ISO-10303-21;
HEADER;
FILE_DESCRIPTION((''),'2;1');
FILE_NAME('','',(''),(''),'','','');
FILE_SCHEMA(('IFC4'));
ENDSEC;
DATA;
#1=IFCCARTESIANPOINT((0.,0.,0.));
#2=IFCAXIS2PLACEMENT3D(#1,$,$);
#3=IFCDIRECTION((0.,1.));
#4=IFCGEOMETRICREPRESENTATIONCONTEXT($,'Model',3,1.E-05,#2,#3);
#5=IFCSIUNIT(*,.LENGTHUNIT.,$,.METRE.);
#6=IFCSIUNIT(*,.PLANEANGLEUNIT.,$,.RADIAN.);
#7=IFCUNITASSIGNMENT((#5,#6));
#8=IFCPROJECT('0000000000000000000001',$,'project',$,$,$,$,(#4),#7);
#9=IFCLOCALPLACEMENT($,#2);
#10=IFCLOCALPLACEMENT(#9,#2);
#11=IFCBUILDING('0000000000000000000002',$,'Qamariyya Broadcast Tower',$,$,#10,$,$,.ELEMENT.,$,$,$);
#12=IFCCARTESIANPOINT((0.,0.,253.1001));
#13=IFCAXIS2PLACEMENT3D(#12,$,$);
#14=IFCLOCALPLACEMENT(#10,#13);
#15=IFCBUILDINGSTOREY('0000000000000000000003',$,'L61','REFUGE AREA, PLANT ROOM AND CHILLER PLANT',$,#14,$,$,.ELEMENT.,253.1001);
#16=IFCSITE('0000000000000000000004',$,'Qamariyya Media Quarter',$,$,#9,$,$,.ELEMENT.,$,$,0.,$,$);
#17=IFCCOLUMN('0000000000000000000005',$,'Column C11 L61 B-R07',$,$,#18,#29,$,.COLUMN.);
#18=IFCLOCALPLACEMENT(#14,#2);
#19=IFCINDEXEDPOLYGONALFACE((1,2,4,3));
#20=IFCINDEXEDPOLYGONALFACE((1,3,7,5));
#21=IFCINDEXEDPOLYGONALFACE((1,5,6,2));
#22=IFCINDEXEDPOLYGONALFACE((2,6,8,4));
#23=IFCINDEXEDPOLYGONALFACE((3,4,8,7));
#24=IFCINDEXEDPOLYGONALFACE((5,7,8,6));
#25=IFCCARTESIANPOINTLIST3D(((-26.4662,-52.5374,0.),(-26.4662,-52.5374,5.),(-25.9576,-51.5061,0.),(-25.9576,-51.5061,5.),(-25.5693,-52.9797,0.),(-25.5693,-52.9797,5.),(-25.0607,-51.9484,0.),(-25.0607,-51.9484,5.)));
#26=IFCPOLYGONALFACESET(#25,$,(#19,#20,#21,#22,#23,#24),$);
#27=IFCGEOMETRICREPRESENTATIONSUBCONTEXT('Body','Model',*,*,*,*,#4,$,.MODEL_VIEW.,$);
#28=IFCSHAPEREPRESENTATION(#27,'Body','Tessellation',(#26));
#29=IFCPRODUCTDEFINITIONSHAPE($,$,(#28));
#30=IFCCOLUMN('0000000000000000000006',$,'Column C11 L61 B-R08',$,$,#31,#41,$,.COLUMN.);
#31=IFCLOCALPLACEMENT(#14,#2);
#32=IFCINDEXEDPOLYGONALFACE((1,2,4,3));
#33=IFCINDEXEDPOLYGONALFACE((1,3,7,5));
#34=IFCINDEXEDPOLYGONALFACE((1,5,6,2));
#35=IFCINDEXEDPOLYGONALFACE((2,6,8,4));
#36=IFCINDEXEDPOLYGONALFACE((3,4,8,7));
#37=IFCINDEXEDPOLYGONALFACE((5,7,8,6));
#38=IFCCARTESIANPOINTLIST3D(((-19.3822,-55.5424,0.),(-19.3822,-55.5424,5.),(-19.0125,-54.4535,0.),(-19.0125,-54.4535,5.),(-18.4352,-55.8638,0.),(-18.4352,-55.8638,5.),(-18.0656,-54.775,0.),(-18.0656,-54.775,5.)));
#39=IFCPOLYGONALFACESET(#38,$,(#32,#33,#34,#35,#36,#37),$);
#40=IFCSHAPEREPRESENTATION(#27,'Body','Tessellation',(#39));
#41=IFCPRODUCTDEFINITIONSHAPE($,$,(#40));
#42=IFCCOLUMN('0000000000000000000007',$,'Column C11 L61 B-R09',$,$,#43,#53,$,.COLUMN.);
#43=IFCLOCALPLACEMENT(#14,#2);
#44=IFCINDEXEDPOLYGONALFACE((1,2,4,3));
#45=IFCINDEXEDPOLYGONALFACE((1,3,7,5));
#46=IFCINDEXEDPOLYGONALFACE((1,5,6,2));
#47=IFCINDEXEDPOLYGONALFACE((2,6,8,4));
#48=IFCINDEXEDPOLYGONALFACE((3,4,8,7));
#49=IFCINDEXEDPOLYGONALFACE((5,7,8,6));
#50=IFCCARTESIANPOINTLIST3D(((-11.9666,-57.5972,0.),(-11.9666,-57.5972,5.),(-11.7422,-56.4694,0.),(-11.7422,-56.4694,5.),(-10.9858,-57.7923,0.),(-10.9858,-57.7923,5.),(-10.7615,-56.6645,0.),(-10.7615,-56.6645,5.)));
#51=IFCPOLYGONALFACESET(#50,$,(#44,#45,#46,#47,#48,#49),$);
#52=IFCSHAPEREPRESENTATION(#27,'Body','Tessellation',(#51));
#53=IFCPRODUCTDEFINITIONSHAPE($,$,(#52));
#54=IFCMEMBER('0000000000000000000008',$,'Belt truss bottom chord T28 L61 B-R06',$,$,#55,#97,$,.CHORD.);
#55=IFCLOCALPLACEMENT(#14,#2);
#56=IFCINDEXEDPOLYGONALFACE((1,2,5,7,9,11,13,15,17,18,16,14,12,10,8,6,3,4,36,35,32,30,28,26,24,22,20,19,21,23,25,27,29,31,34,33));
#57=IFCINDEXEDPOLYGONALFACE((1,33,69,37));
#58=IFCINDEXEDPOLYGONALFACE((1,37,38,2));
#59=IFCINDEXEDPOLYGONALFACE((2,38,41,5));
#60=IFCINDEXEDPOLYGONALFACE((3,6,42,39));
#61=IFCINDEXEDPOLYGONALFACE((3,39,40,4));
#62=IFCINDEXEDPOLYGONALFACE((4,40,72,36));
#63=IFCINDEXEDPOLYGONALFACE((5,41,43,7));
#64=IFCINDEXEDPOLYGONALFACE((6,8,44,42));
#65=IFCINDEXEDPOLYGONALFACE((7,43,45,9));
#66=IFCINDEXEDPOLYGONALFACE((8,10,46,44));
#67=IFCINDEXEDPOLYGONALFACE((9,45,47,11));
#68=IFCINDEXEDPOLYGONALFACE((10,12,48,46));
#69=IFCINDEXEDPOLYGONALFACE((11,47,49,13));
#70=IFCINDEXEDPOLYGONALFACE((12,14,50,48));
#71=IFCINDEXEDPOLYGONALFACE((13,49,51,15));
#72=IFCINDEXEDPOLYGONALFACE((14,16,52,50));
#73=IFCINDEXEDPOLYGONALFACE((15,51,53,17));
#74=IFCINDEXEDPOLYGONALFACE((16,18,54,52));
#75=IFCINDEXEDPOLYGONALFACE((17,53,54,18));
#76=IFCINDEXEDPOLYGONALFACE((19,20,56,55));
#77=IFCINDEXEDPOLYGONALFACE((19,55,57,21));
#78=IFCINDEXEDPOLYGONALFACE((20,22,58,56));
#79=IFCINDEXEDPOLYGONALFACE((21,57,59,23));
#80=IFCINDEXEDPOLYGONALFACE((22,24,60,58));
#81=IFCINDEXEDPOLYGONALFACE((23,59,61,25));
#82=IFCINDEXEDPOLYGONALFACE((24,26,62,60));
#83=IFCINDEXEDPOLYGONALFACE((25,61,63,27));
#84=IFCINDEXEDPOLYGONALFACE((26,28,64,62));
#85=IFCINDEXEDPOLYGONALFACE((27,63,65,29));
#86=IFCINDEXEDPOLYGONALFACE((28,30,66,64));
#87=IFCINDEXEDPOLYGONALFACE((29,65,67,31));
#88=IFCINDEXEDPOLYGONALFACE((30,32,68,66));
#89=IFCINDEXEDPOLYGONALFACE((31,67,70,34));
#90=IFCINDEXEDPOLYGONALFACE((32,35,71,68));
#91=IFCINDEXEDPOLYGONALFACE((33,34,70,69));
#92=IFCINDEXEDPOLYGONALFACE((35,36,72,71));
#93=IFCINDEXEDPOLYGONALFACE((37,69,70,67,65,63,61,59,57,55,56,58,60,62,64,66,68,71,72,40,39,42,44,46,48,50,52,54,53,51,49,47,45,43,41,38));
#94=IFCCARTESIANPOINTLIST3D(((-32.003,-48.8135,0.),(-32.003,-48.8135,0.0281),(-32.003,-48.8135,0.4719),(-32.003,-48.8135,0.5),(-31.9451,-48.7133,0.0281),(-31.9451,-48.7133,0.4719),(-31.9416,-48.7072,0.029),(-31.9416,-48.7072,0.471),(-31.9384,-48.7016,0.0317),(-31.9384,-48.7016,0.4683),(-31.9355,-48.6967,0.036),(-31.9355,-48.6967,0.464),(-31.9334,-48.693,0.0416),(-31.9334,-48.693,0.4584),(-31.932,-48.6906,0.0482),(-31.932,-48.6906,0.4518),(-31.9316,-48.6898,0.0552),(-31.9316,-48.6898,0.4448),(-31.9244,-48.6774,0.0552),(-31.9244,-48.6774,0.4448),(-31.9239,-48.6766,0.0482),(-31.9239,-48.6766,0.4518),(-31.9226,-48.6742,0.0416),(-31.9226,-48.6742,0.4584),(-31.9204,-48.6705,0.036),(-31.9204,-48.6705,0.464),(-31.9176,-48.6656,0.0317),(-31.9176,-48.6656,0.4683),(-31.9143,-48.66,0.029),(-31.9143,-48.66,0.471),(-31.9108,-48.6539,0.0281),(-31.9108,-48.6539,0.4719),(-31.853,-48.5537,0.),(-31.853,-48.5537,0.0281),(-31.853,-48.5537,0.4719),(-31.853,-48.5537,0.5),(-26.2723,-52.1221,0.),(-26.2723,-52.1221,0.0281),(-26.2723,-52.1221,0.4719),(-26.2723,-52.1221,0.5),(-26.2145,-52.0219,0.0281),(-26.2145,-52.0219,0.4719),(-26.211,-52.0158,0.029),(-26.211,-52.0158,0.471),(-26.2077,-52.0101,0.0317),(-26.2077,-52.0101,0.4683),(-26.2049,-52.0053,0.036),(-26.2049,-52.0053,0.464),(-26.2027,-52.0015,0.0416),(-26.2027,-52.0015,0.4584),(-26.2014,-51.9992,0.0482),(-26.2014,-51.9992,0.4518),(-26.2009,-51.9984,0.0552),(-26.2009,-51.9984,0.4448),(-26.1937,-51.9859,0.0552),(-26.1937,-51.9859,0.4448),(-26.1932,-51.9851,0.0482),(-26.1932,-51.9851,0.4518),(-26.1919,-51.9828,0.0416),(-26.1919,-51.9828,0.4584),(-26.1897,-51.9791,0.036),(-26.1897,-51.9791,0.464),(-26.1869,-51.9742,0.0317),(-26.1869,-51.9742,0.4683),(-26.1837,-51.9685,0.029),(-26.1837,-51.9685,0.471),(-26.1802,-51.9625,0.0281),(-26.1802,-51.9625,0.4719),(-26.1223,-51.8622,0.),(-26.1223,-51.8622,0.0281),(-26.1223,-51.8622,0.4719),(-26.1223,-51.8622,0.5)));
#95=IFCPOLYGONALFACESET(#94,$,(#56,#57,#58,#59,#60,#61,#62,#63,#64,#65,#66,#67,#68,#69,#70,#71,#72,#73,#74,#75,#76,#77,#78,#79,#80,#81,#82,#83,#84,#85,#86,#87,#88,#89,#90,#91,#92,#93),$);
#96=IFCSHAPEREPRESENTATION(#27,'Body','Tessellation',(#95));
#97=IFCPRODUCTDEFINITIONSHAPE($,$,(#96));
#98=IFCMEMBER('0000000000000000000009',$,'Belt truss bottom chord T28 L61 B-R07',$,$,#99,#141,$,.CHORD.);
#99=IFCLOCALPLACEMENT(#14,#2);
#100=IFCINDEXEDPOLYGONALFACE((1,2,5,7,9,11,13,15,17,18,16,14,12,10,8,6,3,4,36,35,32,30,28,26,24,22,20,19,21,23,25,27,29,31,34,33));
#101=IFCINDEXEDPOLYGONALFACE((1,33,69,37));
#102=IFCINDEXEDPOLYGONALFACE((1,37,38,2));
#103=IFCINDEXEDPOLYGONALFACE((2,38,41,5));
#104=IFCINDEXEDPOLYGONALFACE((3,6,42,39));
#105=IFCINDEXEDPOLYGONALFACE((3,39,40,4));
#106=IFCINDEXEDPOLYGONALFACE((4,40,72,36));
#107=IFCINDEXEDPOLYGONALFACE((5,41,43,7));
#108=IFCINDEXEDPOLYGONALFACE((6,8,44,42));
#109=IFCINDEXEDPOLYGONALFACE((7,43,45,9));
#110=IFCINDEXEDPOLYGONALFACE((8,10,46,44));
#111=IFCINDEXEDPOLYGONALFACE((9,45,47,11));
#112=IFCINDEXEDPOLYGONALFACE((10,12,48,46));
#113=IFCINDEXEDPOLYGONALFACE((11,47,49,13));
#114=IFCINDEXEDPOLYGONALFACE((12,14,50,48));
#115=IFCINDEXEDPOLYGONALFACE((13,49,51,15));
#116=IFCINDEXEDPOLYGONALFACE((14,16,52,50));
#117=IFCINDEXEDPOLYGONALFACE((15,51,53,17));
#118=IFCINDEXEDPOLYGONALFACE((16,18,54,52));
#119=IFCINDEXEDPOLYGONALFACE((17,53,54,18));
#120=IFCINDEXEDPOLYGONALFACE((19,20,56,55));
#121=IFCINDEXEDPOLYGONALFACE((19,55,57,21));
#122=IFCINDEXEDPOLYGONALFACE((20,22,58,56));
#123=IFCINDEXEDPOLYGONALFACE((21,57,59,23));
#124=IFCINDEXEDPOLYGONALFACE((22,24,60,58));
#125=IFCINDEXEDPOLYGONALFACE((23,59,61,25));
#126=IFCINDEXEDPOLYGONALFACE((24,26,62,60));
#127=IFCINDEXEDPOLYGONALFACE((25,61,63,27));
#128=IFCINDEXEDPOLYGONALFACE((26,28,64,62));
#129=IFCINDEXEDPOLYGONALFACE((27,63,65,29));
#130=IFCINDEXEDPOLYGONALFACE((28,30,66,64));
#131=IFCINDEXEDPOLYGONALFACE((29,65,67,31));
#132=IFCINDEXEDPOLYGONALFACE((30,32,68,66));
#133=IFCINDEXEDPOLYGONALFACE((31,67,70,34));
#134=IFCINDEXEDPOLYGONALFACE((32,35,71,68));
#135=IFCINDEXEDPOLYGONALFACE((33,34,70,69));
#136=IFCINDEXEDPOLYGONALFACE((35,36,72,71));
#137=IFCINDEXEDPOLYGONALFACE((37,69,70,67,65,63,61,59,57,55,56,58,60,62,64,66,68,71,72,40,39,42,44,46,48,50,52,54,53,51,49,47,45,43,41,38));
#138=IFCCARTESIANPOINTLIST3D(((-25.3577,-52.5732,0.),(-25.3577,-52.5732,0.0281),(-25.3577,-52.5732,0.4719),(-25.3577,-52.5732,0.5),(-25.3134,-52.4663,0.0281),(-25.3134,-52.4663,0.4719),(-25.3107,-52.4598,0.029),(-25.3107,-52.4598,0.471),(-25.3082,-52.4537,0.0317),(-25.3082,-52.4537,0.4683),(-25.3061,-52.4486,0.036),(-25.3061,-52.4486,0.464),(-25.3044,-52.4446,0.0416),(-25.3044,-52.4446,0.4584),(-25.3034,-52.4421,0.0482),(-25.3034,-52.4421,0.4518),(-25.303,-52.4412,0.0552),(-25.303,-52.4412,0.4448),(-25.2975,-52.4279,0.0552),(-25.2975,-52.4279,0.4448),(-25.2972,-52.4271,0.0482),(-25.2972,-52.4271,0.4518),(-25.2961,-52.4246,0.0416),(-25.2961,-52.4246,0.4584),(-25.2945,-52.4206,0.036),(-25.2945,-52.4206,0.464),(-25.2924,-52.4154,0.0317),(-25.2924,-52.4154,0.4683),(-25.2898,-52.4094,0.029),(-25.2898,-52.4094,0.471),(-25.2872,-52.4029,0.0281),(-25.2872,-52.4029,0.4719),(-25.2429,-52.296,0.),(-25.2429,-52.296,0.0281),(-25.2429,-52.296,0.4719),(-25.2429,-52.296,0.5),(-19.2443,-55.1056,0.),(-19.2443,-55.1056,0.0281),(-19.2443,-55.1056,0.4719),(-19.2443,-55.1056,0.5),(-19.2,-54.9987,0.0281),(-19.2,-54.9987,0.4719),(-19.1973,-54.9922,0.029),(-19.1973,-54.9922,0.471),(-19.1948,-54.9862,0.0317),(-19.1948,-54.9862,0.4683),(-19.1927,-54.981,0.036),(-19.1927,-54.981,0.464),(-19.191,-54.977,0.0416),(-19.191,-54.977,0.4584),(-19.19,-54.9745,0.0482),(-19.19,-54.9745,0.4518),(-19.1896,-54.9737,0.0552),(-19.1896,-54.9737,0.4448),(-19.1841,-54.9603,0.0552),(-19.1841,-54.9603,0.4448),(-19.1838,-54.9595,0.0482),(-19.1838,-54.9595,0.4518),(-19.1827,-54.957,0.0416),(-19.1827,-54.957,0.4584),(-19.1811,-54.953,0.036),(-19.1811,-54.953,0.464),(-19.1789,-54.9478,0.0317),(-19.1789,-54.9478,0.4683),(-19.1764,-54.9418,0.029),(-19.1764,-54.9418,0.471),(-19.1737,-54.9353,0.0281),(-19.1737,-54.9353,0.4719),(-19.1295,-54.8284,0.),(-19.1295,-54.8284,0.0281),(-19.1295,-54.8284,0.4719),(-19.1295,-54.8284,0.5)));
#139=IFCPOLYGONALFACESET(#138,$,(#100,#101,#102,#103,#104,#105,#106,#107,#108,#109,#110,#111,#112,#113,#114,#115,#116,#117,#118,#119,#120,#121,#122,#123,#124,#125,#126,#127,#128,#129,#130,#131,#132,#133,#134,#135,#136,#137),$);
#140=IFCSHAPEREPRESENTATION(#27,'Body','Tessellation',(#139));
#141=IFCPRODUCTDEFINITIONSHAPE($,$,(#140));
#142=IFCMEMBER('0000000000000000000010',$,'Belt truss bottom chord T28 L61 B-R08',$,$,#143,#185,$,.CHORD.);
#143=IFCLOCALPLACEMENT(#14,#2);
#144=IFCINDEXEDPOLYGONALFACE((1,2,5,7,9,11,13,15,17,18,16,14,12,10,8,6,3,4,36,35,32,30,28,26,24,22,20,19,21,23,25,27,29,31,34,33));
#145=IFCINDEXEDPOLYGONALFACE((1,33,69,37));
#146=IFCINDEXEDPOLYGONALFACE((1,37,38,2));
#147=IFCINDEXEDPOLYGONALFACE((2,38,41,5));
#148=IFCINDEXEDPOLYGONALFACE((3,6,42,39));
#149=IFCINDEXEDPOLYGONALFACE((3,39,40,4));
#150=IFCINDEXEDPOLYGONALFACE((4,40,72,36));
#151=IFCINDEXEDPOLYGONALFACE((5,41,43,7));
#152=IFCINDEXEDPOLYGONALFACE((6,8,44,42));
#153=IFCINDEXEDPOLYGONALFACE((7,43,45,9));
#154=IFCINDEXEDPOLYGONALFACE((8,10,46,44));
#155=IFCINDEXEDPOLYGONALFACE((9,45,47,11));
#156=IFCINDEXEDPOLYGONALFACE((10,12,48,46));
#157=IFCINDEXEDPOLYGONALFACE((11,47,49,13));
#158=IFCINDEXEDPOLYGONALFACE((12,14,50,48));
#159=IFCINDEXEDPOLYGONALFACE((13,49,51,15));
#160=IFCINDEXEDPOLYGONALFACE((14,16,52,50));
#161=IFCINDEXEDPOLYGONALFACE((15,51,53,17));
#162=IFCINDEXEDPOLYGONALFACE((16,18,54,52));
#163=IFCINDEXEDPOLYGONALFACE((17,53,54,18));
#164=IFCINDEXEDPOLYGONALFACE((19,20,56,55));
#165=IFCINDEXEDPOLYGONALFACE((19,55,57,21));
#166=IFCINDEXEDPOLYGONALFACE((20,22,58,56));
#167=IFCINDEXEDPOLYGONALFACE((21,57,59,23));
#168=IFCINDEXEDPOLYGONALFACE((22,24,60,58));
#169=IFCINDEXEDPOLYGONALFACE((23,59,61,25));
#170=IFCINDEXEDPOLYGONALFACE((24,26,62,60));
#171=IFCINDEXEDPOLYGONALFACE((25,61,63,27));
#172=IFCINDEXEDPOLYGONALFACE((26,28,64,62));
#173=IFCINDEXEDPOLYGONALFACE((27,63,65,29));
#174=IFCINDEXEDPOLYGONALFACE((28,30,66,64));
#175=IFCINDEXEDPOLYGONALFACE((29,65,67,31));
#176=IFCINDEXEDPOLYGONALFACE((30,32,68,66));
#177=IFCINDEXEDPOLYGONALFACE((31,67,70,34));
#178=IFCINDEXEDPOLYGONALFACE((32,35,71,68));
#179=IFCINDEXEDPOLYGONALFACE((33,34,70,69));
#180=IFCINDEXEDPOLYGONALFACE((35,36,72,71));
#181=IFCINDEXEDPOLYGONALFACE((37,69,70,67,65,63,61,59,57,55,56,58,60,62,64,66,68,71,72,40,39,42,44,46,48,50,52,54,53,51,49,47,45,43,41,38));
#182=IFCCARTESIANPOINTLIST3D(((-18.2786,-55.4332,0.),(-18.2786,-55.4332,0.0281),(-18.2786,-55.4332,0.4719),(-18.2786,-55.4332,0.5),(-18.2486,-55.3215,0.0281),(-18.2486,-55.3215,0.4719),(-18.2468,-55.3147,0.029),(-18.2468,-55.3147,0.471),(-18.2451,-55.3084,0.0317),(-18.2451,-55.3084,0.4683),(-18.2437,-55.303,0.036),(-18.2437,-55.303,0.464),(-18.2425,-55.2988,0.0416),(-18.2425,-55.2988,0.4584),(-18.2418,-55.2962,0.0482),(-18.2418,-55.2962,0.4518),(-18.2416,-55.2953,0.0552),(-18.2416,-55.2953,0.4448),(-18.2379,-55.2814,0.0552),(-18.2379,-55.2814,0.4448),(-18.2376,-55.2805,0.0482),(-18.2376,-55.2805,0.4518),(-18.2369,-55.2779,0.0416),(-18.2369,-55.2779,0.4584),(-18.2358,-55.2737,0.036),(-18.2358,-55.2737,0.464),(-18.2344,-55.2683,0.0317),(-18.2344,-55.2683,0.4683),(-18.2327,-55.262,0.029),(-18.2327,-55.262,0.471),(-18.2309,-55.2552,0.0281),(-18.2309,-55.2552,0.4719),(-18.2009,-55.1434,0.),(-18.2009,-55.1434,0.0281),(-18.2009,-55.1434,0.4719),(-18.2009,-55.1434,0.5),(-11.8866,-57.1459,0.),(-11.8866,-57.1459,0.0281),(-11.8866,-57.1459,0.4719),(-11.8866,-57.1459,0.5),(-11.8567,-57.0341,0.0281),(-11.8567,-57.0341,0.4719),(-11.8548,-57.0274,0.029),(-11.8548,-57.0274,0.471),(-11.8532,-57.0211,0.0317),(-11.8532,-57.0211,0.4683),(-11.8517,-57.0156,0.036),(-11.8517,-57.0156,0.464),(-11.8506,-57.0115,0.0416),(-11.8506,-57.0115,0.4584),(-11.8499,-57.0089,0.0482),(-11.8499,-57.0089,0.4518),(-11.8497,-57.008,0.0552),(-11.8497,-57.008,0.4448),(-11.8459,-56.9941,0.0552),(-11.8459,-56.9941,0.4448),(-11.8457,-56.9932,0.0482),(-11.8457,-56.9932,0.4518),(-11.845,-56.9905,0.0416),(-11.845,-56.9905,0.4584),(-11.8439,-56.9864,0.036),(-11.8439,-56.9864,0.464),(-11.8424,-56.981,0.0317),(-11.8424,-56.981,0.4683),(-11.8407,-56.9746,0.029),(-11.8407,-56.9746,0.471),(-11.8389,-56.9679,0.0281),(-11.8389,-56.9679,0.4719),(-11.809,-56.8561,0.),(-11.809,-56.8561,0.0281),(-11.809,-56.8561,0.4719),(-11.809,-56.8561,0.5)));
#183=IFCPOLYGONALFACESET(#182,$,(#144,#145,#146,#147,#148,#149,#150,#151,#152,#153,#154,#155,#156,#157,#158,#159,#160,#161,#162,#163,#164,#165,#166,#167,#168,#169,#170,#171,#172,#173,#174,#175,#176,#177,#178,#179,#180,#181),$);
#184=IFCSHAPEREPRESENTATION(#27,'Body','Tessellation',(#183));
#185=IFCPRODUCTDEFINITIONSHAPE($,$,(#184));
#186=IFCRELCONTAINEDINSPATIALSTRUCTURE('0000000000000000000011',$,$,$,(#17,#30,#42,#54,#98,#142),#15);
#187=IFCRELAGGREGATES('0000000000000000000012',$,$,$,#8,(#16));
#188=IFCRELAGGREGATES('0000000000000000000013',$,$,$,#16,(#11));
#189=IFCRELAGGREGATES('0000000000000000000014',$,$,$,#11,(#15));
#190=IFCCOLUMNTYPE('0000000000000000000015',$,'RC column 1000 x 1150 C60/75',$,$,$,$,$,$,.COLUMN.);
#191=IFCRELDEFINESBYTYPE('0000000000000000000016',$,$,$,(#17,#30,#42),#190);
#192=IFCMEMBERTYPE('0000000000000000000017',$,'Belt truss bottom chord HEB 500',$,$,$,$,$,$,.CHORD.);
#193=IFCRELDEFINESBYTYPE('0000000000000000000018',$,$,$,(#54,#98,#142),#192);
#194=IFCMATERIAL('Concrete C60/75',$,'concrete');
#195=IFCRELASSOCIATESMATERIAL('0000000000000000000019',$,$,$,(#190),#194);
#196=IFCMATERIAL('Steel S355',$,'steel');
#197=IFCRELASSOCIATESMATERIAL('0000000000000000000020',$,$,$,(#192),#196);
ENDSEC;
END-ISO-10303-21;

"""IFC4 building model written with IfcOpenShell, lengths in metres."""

from ifc_helpers import new_model, si_unit, direction, frame, origin, origin_2d, place, context, subcontext, project, spatial, rectangle, i_section, extrude, material, material_profile, profile_set, type_object, element, save


model = new_model("IFC4")

# Units and contexts
model_context = context("Model", 3, precision=1e-05, world=origin(), true_north=direction((0.0, 1.0)))
body_context = subcontext(model_context, "Body", "Model", "MODEL_VIEW")
ifc_project = project(units=[si_unit("LENGTHUNIT", "METRE"), si_unit("PLANEANGLEUNIT", "RADIAN")], contexts=[model_context])

# Site, building, storey
site_placement = place(None, origin())
site = spatial("IfcSite", under=ifc_project, at=site_placement, Name="Qamariyya Media Quarter", CompositionType="ELEMENT", RefElevation=0.0)
building_placement = place(site_placement, origin())
building = spatial("IfcBuilding", under=site, at=building_placement, Name="Qamariyya Broadcast Tower", CompositionType="ELEMENT")
storey_placement = place(building_placement, frame((0.0, 0.0, 253.1001)))
storey = spatial("IfcBuildingStorey", under=building, at=storey_placement, Name="L61", Description="REFUGE AREA, PLANT ROOM AND CHILLER PLANT", CompositionType="ELEMENT", Elevation=253.1001)

# Columns
ifc_material_1 = material(Name="Concrete C60/75", Category="concrete")
ifc_material_profile_1 = material_profile(ifc_material_1, rectangle(XDim=1.0, YDim=1.1499, at=origin_2d()))
ifc_profile_set_1 = profile_set([ifc_material_profile_1], Name="Concrete C60/75")
column_type = type_object("IfcColumnType", Name="RC column 1000 x 1150 C60/75", PredefinedType="COLUMN", material=ifc_profile_set_1)
for number, where, z_axis, x_axis, name in (
    (1, (-25.7634, -52.2429, 0.0), (0.0, 0.0, 1.0), (0.896873, -0.442289, 0.0), "Column C11 L61 B-R07"),
    (2, (-18.7239, -55.1587, 0.0), (0.0, 0.0, 1.0), (0.94693, -0.321439, 0.0), "Column C11 L61 B-R08"),
    (3, (-11.364, -57.1309, 0.0), (0.0, 0.0, 1.0), (0.980785, -0.19509, 0.0), "Column C11 L61 B-R09"),
):
    element("IfcColumn", number, at=place(storey_placement, frame(where, z_axis=z_axis, x_axis=x_axis)), inside=storey, type_object=column_type, Name=name, PredefinedType="COLUMN", context=body_context, shape_type="SweptSolid", body=[
        extrude(rectangle(XDim=1.0, YDim=1.1499, at=origin_2d()), origin(), (0.0, 0.0, 1.0), 5.0),
    ])

# Members
ifc_material_2 = material(Name="Steel S355", Category="steel")
ifc_material_profile_2 = material_profile(ifc_material_2, i_section(OverallWidth=0.3, OverallDepth=0.5, WebThickness=0.0144, FlangeThickness=0.0281, FilletRadius=0.0271, at=origin_2d()))
ifc_profile_set_2 = profile_set([ifc_material_profile_2], Name="Steel S355")
member_type_1 = type_object("IfcMemberType", Name="Belt truss bottom chord HEB 500", PredefinedType="CHORD", material=ifc_profile_set_2)
for number, where, z_axis, x_axis, name in (
    (4, (-31.928, -48.6836, 0.25), (0.866028, -0.499996, 0.0), (0.499996, 0.866028, 0.0), "Belt truss bottom chord T28 L61 B-R06"),
    (5, (-25.3003, -52.4346, 0.25), (0.923871, -0.382705, 0.0), (0.382705, 0.923871, 0.0), "Belt truss bottom chord T28 L61 B-R07"),
):
    element("IfcMember", number, at=place(storey_placement, frame(where, z_axis=z_axis, x_axis=x_axis)), inside=storey, type_object=member_type_1, Name=name, PredefinedType="CHORD", context=body_context, shape_type="SweptSolid", body=[
        extrude(i_section(OverallWidth=0.3, OverallDepth=0.5, WebThickness=0.0144, FlangeThickness=0.0281, FilletRadius=0.0271, at=origin_2d()), origin(), (0.0, 0.0, 1.0), 6.6172),
    ])
member_1_placement = place(storey_placement, frame((-18.2397, -55.2883, 0.25), z_axis=(0.965927, -0.258813, 0.0), x_axis=(0.258813, 0.965927, 0.0)))
element("IfcMember", 6, at=member_1_placement, inside=storey, type_object=member_type_1, Name="Belt truss bottom chord T28 L61 B-R08", PredefinedType="CHORD", context=body_context, shape_type="SweptSolid", body=[
    extrude(i_section(OverallWidth=0.3, OverallDepth=0.5, WebThickness=0.0144, FlangeThickness=0.0281, FilletRadius=0.0271, at=origin_2d()), origin(), (0.0, 0.0, 1.0), 6.6174),
])

save(model, "model.ifc")
